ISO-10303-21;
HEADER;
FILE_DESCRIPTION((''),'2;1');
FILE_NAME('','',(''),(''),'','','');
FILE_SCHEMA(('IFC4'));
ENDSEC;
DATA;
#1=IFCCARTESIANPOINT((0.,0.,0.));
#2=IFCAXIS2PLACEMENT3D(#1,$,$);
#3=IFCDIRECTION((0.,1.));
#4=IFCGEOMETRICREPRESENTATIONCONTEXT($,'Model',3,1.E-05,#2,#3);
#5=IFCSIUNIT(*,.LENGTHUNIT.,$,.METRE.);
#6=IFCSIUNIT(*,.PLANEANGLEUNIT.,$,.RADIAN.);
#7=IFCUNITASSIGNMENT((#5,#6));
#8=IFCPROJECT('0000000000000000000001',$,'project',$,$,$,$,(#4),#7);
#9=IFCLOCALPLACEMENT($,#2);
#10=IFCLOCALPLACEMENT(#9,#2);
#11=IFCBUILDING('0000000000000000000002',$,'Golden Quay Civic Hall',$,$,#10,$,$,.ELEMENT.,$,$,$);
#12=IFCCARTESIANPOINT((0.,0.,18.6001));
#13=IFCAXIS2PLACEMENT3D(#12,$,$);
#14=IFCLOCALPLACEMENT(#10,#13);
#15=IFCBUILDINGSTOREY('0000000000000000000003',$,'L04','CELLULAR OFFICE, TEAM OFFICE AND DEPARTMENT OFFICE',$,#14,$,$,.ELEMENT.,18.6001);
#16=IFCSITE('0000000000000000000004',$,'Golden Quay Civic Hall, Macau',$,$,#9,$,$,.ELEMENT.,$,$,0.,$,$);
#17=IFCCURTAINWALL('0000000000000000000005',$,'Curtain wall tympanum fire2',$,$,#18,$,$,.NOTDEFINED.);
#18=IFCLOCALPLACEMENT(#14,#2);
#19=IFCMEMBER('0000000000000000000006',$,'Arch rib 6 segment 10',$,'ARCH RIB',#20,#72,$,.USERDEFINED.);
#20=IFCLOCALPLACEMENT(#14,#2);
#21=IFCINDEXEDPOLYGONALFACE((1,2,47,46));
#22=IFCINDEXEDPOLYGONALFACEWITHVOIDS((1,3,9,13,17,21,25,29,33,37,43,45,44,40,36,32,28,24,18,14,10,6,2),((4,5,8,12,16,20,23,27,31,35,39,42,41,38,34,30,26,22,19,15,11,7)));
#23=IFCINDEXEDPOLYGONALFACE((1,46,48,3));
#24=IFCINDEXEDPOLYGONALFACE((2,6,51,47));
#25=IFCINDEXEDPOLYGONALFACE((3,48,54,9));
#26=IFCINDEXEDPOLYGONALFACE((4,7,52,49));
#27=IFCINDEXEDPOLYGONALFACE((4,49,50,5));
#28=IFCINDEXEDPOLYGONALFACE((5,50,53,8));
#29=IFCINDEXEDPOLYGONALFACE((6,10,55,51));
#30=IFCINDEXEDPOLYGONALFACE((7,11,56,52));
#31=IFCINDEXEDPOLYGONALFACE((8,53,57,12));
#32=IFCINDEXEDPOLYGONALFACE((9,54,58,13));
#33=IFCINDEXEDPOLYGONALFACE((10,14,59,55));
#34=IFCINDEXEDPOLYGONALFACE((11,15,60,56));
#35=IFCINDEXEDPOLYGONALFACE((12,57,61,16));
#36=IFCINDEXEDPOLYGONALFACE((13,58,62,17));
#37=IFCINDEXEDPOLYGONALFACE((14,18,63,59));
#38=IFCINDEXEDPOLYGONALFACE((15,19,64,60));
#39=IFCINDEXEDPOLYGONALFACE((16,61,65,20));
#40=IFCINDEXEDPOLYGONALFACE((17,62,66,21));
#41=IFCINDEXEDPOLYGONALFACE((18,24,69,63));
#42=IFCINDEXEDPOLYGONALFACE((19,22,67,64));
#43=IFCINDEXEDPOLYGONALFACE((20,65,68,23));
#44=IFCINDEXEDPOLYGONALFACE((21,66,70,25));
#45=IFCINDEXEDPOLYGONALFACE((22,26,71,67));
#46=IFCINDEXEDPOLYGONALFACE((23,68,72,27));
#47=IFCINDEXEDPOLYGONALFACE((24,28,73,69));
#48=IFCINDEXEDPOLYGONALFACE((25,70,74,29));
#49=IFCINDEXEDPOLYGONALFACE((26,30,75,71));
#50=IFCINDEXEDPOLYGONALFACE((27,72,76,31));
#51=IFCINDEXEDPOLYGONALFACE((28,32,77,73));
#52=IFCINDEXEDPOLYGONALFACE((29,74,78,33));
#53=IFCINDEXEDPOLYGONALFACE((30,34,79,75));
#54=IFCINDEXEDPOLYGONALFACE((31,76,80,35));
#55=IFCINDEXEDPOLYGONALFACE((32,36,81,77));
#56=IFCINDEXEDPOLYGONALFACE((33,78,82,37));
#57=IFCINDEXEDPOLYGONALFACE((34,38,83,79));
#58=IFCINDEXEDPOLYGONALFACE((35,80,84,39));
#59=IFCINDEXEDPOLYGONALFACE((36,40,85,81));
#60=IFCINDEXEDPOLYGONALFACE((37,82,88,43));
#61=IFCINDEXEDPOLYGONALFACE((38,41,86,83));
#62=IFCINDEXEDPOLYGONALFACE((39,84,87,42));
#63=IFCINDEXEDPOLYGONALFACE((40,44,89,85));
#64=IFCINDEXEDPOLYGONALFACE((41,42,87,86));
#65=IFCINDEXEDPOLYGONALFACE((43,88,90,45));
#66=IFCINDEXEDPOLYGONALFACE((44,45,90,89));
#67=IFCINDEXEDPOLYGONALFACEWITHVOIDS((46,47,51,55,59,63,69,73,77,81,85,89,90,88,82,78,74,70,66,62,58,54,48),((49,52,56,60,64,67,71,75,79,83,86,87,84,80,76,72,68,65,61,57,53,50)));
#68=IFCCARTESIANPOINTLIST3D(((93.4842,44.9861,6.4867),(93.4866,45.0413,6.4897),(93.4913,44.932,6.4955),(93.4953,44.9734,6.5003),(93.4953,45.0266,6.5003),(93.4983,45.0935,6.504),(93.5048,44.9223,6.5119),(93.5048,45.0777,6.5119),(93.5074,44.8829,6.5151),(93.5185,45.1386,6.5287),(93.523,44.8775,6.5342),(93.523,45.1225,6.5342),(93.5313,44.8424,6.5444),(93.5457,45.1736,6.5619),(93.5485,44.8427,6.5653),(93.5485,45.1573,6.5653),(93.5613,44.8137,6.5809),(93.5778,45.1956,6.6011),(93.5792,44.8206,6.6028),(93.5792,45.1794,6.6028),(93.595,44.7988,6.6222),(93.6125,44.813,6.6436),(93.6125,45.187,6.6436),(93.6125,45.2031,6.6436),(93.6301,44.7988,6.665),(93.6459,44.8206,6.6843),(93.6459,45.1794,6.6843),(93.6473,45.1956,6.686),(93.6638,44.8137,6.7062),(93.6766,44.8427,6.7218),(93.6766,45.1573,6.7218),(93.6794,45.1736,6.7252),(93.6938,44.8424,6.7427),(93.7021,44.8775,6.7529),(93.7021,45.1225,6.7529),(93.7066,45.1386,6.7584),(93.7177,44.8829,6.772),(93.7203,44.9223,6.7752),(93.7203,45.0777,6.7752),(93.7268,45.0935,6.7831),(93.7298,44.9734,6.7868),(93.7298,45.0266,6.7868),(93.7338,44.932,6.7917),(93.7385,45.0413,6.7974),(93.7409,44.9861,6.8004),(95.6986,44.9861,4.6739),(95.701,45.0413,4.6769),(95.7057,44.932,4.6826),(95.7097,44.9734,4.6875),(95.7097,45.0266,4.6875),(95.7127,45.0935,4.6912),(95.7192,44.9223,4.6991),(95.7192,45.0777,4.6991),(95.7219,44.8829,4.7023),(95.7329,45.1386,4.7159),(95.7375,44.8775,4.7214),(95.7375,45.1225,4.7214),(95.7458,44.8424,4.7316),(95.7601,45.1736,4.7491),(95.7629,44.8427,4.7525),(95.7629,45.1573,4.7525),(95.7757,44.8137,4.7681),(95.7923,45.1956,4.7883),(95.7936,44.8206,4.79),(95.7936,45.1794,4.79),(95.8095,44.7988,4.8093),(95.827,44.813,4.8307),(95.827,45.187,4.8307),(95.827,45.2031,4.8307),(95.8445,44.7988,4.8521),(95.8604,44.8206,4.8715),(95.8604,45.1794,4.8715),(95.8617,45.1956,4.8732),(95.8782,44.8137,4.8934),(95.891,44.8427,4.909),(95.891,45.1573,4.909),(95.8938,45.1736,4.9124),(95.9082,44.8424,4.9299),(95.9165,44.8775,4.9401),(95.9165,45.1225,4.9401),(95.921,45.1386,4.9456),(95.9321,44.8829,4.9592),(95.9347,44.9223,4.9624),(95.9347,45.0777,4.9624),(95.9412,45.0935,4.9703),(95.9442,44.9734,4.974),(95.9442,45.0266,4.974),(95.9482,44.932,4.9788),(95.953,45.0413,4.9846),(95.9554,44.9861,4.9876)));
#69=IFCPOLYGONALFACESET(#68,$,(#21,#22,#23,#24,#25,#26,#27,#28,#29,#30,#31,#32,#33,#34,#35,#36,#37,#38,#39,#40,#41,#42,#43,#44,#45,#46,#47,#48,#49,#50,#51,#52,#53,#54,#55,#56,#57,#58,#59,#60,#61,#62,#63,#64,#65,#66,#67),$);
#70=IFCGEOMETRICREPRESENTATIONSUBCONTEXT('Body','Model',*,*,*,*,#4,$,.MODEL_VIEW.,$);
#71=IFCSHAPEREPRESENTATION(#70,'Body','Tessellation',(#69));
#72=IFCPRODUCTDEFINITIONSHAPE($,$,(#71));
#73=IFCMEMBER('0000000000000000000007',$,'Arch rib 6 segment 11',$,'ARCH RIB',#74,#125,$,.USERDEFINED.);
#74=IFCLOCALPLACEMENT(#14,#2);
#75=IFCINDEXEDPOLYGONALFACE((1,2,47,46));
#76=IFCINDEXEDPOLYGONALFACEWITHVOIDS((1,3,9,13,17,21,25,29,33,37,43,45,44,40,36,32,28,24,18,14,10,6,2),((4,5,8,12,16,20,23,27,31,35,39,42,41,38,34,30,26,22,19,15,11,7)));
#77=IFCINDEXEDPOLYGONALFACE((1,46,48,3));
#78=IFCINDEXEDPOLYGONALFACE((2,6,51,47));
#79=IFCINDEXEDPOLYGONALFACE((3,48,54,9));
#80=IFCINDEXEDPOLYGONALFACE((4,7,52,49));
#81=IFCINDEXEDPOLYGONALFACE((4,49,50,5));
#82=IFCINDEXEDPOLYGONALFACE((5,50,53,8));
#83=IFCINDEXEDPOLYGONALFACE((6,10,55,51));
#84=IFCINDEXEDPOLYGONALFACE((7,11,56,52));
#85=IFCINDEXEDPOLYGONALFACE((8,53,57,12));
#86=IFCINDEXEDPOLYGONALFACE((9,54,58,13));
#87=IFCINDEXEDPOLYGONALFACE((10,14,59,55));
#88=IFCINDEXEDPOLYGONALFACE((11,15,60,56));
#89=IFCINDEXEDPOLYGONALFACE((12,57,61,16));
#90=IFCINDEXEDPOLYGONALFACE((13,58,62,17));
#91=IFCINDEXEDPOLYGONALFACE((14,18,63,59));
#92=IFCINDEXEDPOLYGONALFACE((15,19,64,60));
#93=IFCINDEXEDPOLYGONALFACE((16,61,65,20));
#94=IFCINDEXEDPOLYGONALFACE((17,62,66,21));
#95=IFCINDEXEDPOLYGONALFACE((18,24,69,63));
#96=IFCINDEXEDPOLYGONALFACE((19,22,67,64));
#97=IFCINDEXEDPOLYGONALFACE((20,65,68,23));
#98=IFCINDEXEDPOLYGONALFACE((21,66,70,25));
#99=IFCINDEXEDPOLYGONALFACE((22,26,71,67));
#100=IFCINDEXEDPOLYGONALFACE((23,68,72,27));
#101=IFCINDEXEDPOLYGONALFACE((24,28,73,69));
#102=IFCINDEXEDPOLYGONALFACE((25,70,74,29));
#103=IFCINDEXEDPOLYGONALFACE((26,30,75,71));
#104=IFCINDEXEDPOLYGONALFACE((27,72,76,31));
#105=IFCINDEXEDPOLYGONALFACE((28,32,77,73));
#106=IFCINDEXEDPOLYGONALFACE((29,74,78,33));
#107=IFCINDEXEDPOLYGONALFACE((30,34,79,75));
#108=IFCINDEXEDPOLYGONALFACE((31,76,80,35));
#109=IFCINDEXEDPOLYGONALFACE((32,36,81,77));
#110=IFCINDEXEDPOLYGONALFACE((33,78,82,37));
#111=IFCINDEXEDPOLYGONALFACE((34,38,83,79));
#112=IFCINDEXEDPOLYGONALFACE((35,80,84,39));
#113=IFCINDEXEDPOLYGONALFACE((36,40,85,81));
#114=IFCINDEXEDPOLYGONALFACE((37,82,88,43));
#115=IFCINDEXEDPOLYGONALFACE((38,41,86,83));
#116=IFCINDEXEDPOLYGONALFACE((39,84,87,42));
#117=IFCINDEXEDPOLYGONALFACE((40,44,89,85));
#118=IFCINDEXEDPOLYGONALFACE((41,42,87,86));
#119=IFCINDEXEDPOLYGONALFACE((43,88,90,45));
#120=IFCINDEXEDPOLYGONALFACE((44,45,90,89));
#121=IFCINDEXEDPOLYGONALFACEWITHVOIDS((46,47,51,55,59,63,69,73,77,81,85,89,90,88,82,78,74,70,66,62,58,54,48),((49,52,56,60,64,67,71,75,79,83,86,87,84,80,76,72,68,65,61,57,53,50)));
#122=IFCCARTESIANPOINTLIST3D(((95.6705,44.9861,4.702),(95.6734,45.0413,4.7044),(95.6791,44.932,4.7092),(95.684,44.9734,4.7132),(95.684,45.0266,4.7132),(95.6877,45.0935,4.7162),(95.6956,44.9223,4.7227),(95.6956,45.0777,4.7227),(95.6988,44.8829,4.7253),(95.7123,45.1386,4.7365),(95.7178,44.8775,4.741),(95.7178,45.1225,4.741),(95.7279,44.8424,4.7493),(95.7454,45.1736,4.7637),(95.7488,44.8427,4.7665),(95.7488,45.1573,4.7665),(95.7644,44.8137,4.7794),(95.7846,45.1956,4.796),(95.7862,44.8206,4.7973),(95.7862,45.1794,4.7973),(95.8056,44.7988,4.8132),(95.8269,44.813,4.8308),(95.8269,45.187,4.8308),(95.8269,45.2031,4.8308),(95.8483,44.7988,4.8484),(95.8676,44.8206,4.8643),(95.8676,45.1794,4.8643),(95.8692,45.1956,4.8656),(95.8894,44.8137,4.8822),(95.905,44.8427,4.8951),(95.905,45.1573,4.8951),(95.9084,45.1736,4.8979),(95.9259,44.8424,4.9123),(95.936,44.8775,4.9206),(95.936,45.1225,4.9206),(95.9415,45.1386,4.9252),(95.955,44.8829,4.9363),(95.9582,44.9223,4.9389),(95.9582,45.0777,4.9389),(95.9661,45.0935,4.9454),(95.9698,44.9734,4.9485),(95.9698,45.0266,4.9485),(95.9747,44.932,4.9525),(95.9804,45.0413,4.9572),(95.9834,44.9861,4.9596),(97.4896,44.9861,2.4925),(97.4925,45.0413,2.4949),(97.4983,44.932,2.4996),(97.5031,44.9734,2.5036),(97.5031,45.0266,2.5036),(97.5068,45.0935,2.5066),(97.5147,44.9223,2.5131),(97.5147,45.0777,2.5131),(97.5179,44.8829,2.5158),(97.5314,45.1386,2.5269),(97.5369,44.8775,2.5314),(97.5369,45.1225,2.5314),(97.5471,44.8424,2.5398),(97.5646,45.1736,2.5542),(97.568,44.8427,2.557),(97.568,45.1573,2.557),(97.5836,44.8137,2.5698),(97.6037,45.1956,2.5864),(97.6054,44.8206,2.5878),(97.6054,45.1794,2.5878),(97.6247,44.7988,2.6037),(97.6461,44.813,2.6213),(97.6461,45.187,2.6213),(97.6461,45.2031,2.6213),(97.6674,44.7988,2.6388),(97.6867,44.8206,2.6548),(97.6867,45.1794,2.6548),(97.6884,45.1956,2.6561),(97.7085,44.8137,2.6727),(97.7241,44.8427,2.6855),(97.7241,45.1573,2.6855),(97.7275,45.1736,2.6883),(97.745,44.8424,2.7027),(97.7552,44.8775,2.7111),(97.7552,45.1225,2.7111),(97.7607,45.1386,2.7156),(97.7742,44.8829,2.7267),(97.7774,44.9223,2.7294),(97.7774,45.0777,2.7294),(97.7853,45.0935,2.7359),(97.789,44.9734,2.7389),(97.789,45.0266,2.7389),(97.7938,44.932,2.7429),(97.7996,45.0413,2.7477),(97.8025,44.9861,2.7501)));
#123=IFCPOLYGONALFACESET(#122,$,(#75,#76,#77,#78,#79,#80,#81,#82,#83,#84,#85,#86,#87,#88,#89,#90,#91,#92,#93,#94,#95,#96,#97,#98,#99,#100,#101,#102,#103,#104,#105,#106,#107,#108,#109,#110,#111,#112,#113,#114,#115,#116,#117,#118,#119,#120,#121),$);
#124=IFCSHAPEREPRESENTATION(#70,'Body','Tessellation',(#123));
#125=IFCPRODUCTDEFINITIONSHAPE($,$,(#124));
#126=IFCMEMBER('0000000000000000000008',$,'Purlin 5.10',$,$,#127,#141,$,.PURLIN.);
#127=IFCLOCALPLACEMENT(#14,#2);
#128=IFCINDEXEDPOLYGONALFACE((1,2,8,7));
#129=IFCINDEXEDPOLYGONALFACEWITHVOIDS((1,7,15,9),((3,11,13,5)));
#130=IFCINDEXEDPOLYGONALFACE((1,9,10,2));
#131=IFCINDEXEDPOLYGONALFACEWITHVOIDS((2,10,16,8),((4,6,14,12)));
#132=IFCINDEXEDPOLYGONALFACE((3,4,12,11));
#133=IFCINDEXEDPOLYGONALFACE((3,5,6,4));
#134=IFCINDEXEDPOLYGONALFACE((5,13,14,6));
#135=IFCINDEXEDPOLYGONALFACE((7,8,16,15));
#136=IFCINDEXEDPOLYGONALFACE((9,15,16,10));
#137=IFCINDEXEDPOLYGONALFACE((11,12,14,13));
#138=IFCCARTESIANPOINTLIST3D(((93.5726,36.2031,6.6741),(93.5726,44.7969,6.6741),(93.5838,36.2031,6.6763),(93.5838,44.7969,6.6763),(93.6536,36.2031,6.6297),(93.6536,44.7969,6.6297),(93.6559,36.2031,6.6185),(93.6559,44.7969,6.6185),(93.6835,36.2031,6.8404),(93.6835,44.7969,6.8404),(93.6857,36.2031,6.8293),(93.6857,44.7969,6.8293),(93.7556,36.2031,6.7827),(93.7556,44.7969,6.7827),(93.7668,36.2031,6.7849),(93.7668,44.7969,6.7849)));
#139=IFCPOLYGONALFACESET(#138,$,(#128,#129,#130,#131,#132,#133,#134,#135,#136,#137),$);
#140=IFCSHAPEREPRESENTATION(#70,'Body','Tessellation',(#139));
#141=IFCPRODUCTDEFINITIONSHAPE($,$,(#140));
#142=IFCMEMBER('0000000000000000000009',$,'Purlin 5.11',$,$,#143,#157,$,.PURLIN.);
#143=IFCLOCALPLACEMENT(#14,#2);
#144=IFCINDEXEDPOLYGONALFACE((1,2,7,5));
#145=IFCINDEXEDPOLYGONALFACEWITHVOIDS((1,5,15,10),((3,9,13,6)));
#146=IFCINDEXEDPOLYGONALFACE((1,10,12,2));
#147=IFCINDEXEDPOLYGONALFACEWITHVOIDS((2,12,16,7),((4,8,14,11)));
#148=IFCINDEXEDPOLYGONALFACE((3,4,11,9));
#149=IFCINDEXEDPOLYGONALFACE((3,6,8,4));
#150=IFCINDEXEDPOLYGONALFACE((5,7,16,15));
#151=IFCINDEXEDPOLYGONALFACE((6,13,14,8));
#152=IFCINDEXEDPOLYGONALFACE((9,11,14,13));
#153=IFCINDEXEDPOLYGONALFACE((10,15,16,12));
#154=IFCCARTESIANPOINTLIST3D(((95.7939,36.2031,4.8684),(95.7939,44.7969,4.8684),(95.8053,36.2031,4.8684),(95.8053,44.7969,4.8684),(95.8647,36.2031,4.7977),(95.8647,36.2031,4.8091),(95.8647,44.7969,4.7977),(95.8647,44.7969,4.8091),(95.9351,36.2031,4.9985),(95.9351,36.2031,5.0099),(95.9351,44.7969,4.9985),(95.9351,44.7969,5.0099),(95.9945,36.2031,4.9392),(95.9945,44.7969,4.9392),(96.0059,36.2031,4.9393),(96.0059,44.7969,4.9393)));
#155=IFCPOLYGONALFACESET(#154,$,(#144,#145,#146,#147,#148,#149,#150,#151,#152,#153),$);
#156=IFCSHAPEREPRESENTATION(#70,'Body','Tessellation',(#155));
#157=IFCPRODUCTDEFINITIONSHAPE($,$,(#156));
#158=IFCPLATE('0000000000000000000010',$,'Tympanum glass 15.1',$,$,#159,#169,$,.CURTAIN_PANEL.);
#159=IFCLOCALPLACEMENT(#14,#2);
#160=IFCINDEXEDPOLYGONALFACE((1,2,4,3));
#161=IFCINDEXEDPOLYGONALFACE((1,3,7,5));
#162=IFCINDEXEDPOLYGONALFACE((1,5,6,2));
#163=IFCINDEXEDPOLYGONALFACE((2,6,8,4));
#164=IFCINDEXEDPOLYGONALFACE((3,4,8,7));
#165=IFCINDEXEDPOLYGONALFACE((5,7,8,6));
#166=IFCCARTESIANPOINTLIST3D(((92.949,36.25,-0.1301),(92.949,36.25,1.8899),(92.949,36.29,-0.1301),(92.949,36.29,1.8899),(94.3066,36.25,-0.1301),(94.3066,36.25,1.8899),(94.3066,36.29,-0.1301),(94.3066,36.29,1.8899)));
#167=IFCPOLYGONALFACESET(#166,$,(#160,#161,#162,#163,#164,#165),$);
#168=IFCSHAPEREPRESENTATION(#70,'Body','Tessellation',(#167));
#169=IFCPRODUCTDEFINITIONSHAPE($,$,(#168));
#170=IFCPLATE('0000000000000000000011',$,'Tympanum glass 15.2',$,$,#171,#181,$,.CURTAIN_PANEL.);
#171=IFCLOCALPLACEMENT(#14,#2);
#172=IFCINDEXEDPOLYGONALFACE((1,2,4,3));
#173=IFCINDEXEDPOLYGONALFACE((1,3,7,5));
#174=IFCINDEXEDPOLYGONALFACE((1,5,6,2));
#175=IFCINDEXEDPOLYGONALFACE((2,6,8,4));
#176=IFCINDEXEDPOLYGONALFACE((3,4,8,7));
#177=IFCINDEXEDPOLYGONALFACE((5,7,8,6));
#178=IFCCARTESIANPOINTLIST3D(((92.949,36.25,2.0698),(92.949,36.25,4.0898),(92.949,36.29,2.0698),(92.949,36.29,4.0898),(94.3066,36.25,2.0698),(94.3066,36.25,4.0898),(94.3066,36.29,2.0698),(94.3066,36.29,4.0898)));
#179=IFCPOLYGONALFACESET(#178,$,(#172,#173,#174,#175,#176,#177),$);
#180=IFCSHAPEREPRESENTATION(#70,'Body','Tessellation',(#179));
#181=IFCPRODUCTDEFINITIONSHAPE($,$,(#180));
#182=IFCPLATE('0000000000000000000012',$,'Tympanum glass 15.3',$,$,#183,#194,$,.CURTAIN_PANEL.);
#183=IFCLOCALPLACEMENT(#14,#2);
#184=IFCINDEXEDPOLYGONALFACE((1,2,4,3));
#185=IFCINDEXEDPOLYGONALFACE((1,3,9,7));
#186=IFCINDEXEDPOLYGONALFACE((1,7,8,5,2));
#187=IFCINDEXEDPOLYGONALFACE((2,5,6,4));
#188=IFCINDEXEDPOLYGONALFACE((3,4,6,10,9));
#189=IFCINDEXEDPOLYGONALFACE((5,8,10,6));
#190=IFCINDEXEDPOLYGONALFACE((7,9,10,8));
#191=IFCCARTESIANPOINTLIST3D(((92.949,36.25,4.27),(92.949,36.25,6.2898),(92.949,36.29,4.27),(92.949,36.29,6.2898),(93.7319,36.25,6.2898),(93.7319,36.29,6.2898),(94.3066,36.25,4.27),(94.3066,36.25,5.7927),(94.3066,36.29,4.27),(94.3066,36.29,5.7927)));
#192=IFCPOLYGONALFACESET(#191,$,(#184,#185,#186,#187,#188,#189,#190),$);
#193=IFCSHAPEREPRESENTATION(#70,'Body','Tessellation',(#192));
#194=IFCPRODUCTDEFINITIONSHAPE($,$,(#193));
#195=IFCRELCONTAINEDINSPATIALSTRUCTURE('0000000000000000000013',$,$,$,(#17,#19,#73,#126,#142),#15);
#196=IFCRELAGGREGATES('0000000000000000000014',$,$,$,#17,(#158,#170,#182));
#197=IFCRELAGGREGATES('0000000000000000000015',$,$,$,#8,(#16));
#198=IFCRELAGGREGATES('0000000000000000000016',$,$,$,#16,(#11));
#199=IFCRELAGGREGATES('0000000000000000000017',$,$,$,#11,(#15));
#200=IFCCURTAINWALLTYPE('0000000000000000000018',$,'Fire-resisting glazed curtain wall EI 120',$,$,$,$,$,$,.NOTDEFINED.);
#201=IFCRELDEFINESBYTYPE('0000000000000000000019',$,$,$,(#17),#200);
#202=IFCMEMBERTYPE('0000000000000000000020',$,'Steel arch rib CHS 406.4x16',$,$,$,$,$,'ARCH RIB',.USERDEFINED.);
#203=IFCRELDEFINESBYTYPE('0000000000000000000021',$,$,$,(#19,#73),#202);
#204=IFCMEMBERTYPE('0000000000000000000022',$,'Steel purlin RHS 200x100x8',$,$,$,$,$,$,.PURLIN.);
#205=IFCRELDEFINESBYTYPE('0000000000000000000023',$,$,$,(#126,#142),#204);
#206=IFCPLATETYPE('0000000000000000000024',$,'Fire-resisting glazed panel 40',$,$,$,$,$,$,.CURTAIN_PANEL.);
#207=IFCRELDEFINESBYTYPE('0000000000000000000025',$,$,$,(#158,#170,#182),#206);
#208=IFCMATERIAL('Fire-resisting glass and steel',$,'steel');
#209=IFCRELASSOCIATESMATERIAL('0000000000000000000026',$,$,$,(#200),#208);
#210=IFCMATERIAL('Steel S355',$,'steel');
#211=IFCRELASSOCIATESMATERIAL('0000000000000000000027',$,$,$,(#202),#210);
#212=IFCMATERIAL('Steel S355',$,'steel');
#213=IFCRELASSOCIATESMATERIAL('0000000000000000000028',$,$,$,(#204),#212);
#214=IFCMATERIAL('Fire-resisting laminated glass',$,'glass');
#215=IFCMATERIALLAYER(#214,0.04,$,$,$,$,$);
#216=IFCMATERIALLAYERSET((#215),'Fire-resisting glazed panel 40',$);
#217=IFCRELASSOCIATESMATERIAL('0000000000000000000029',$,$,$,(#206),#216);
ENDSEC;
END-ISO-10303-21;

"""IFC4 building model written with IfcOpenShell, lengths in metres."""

from ifc_helpers import new_model, si_unit, direction, frame, origin, origin_2d, place, context, subcontext, project, spatial, polyline, hollow_rectangle, hollow_circle, outline, extrude, material, layer, layer_set, material_profile, profile_set, type_object, element, aggregate, save


model = new_model("IFC4")

# Units and contexts
model_context = context("Model", 3, precision=1e-05, world=origin(), true_north=direction((0.0, 1.0)))
body_context = subcontext(model_context, "Body", "Model", "MODEL_VIEW")
ifc_project = project(units=[si_unit("LENGTHUNIT", "METRE"), si_unit("PLANEANGLEUNIT", "RADIAN")], contexts=[model_context])

# Site, building, storey
site_placement = place(None, origin())
site = spatial("IfcSite", under=ifc_project, at=site_placement, Name="Golden Quay Civic Hall, Macau", CompositionType="ELEMENT", RefElevation=0.0)
building_placement = place(site_placement, origin())
building = spatial("IfcBuilding", under=site, at=building_placement, Name="Golden Quay Civic Hall", CompositionType="ELEMENT")
storey_placement = place(building_placement, frame((0.0, 0.0, 18.6001)))
storey = spatial("IfcBuildingStorey", under=building, at=storey_placement, Name="L04", Description="CELLULAR OFFICE, TEAM OFFICE AND DEPARTMENT OFFICE", CompositionType="ELEMENT", Elevation=18.6001)

# Curtain wall
ifc_material_1 = material(Name="Fire-resisting glass and steel", Category="steel")
curtain_wall_type = type_object("IfcCurtainWallType", Name="Fire-resisting glazed curtain wall EI 120", PredefinedType="NOTDEFINED", material=ifc_material_1)
curtain_wall_placement = place(storey_placement, origin())
curtain_wall = element("IfcCurtainWall", 1, at=curtain_wall_placement, inside=storey, type_object=curtain_wall_type, Name="Curtain wall tympanum fire2", PredefinedType="NOTDEFINED")

# Members
ifc_material_2 = material(Name="Steel S355", Category="steel")
ifc_material_profile_1 = material_profile(ifc_material_2, hollow_circle(Radius=0.2031, WallThickness=0.0161, at=origin_2d()), Name="CHS 406.4x16")
ifc_profile_set_1 = profile_set([ifc_material_profile_1], Name="Steel S355")
member_type_1 = type_object("IfcMemberType", Name="Steel arch rib CHS 406.4x16", ElementType="ARCH RIB", PredefinedType="USERDEFINED", material=ifc_profile_set_1)
member_1_placement = place(storey_placement, frame((93.6125, 45.0, 6.6436), z_axis=(0.773786, 0.0, -0.633447), x_axis=(0.0, 1.0, 0.0)))
element("IfcMember", 2, at=member_1_placement, inside=storey, type_object=member_type_1, Name="Arch rib 6 segment 10", ObjectType="ARCH RIB", PredefinedType="USERDEFINED", context=body_context, shape_type="SweptSolid", body=[
    extrude(hollow_circle(Radius=0.2031, WallThickness=0.0161, at=origin_2d()), origin(), (0.0, 0.0, 1.0), 2.8618),
])
member_2_placement = place(storey_placement, frame((95.8269, 45.0, 4.8308), z_axis=(0.635609, 0.0, -0.772011), x_axis=(0.0, 1.0, 0.0)))
element("IfcMember", 3, at=member_2_placement, inside=storey, type_object=member_type_1, Name="Arch rib 6 segment 11", ObjectType="ARCH RIB", PredefinedType="USERDEFINED", context=body_context, shape_type="SweptSolid", body=[
    extrude(hollow_circle(Radius=0.2031, WallThickness=0.0161, at=origin_2d()), origin(), (0.0, 0.0, 1.0), 2.8621),
])
ifc_material_3 = material(Name="Steel S355", Category="steel")
ifc_material_profile_2 = material_profile(ifc_material_3, hollow_rectangle(XDim=0.1001, YDim=0.2, WallThickness=0.0081, at=origin_2d()), Name="RHS 200x100x8")
ifc_profile_set_2 = profile_set([ifc_material_profile_2], Name="Steel S355")
member_type_2 = type_object("IfcMemberType", Name="Steel purlin RHS 200x100x8", PredefinedType="PURLIN", material=ifc_profile_set_2)
for number, where, z_axis, x_axis, name in (
    (4, (93.6697, 36.2031, 6.7295), (0.0, 1.0, 0.0), (-0.83205, 0.0, 0.5547), "Purlin 5.10"),
    (5, (95.8999, 36.2031, 4.9038), (0.0, 1.0, 0.0), (-0.708092, 0.0, 0.70612), "Purlin 5.11"),
):
    element("IfcMember", number, at=place(storey_placement, frame(where, z_axis=z_axis, x_axis=x_axis)), inside=storey, type_object=member_type_2, Name=name, PredefinedType="PURLIN", context=body_context, shape_type="SweptSolid", body=[
        extrude(hollow_rectangle(XDim=0.1001, YDim=0.2, WallThickness=0.0081, at=origin_2d()), origin(), (0.0, 0.0, 1.0), 8.5938),
    ])

# Plates
ifc_material_4 = material(Name="Fire-resisting laminated glass", Category="glass")
ifc_layer_1 = layer(ifc_material_4, 0.04)
ifc_layer_set_1 = layer_set([ifc_layer_1], Name="Fire-resisting glazed panel 40")
plate_type_1 = type_object("IfcPlateType", Name="Fire-resisting glazed panel 40", PredefinedType="CURTAIN_PANEL", material=ifc_layer_set_1)
plate_1_placement = place(storey_placement, frame((94.3066, 36.29, -0.1301), z_axis=(0.0, 1.0, 0.0), x_axis=(-1.0, 0.0, 0.0)))
plate_1 = element("IfcPlate", 6, at=plate_1_placement, type_object=plate_type_1, Name="Tympanum glass 15.1", PredefinedType="CURTAIN_PANEL", context=body_context, shape_type="SweptSolid", body=[
    extrude(outline(polyline([(0.0, 0.0), (1.3577, 0.0), (1.3577, 2.02), (0.0, 2.02), (0.0, 0.0)])), origin(), (0.0, 0.0, -1.0), 0.04),
])
plate_2_placement = place(storey_placement, frame((94.3066, 36.29, 2.0698), z_axis=(0.0, 1.0, 0.0), x_axis=(-1.0, 0.0, 0.0)))
plate_2 = element("IfcPlate", 7, at=plate_2_placement, type_object=plate_type_1, Name="Tympanum glass 15.2", PredefinedType="CURTAIN_PANEL", context=body_context, shape_type="SweptSolid", body=[
    extrude(outline(polyline([(0.0, 0.0), (1.3577, 0.0), (1.3577, 2.02), (0.0, 2.02), (0.0, 0.0)])), origin(), (0.0, 0.0, -1.0), 0.04),
])
plate_3_placement = place(storey_placement, frame((94.3066, 36.29, 4.27), z_axis=(0.0, 1.0, 0.0), x_axis=(-1.0, 0.0, 0.0)))
plate_3 = element("IfcPlate", 8, at=plate_3_placement, type_object=plate_type_1, Name="Tympanum glass 15.3", PredefinedType="CURTAIN_PANEL", context=body_context, shape_type="SweptSolid", body=[
    extrude(outline(polyline([(0.0, 0.0), (1.3577, 0.0), (1.3577, 2.0198), (0.5747, 2.0198), (0.0, 1.5227), (0.0, 0.0)])), origin(), (0.0, 0.0, -1.0), 0.04),
])
aggregate(curtain_wall, [plate_1, plate_2, plate_3])

save(model, "model.ifc")
